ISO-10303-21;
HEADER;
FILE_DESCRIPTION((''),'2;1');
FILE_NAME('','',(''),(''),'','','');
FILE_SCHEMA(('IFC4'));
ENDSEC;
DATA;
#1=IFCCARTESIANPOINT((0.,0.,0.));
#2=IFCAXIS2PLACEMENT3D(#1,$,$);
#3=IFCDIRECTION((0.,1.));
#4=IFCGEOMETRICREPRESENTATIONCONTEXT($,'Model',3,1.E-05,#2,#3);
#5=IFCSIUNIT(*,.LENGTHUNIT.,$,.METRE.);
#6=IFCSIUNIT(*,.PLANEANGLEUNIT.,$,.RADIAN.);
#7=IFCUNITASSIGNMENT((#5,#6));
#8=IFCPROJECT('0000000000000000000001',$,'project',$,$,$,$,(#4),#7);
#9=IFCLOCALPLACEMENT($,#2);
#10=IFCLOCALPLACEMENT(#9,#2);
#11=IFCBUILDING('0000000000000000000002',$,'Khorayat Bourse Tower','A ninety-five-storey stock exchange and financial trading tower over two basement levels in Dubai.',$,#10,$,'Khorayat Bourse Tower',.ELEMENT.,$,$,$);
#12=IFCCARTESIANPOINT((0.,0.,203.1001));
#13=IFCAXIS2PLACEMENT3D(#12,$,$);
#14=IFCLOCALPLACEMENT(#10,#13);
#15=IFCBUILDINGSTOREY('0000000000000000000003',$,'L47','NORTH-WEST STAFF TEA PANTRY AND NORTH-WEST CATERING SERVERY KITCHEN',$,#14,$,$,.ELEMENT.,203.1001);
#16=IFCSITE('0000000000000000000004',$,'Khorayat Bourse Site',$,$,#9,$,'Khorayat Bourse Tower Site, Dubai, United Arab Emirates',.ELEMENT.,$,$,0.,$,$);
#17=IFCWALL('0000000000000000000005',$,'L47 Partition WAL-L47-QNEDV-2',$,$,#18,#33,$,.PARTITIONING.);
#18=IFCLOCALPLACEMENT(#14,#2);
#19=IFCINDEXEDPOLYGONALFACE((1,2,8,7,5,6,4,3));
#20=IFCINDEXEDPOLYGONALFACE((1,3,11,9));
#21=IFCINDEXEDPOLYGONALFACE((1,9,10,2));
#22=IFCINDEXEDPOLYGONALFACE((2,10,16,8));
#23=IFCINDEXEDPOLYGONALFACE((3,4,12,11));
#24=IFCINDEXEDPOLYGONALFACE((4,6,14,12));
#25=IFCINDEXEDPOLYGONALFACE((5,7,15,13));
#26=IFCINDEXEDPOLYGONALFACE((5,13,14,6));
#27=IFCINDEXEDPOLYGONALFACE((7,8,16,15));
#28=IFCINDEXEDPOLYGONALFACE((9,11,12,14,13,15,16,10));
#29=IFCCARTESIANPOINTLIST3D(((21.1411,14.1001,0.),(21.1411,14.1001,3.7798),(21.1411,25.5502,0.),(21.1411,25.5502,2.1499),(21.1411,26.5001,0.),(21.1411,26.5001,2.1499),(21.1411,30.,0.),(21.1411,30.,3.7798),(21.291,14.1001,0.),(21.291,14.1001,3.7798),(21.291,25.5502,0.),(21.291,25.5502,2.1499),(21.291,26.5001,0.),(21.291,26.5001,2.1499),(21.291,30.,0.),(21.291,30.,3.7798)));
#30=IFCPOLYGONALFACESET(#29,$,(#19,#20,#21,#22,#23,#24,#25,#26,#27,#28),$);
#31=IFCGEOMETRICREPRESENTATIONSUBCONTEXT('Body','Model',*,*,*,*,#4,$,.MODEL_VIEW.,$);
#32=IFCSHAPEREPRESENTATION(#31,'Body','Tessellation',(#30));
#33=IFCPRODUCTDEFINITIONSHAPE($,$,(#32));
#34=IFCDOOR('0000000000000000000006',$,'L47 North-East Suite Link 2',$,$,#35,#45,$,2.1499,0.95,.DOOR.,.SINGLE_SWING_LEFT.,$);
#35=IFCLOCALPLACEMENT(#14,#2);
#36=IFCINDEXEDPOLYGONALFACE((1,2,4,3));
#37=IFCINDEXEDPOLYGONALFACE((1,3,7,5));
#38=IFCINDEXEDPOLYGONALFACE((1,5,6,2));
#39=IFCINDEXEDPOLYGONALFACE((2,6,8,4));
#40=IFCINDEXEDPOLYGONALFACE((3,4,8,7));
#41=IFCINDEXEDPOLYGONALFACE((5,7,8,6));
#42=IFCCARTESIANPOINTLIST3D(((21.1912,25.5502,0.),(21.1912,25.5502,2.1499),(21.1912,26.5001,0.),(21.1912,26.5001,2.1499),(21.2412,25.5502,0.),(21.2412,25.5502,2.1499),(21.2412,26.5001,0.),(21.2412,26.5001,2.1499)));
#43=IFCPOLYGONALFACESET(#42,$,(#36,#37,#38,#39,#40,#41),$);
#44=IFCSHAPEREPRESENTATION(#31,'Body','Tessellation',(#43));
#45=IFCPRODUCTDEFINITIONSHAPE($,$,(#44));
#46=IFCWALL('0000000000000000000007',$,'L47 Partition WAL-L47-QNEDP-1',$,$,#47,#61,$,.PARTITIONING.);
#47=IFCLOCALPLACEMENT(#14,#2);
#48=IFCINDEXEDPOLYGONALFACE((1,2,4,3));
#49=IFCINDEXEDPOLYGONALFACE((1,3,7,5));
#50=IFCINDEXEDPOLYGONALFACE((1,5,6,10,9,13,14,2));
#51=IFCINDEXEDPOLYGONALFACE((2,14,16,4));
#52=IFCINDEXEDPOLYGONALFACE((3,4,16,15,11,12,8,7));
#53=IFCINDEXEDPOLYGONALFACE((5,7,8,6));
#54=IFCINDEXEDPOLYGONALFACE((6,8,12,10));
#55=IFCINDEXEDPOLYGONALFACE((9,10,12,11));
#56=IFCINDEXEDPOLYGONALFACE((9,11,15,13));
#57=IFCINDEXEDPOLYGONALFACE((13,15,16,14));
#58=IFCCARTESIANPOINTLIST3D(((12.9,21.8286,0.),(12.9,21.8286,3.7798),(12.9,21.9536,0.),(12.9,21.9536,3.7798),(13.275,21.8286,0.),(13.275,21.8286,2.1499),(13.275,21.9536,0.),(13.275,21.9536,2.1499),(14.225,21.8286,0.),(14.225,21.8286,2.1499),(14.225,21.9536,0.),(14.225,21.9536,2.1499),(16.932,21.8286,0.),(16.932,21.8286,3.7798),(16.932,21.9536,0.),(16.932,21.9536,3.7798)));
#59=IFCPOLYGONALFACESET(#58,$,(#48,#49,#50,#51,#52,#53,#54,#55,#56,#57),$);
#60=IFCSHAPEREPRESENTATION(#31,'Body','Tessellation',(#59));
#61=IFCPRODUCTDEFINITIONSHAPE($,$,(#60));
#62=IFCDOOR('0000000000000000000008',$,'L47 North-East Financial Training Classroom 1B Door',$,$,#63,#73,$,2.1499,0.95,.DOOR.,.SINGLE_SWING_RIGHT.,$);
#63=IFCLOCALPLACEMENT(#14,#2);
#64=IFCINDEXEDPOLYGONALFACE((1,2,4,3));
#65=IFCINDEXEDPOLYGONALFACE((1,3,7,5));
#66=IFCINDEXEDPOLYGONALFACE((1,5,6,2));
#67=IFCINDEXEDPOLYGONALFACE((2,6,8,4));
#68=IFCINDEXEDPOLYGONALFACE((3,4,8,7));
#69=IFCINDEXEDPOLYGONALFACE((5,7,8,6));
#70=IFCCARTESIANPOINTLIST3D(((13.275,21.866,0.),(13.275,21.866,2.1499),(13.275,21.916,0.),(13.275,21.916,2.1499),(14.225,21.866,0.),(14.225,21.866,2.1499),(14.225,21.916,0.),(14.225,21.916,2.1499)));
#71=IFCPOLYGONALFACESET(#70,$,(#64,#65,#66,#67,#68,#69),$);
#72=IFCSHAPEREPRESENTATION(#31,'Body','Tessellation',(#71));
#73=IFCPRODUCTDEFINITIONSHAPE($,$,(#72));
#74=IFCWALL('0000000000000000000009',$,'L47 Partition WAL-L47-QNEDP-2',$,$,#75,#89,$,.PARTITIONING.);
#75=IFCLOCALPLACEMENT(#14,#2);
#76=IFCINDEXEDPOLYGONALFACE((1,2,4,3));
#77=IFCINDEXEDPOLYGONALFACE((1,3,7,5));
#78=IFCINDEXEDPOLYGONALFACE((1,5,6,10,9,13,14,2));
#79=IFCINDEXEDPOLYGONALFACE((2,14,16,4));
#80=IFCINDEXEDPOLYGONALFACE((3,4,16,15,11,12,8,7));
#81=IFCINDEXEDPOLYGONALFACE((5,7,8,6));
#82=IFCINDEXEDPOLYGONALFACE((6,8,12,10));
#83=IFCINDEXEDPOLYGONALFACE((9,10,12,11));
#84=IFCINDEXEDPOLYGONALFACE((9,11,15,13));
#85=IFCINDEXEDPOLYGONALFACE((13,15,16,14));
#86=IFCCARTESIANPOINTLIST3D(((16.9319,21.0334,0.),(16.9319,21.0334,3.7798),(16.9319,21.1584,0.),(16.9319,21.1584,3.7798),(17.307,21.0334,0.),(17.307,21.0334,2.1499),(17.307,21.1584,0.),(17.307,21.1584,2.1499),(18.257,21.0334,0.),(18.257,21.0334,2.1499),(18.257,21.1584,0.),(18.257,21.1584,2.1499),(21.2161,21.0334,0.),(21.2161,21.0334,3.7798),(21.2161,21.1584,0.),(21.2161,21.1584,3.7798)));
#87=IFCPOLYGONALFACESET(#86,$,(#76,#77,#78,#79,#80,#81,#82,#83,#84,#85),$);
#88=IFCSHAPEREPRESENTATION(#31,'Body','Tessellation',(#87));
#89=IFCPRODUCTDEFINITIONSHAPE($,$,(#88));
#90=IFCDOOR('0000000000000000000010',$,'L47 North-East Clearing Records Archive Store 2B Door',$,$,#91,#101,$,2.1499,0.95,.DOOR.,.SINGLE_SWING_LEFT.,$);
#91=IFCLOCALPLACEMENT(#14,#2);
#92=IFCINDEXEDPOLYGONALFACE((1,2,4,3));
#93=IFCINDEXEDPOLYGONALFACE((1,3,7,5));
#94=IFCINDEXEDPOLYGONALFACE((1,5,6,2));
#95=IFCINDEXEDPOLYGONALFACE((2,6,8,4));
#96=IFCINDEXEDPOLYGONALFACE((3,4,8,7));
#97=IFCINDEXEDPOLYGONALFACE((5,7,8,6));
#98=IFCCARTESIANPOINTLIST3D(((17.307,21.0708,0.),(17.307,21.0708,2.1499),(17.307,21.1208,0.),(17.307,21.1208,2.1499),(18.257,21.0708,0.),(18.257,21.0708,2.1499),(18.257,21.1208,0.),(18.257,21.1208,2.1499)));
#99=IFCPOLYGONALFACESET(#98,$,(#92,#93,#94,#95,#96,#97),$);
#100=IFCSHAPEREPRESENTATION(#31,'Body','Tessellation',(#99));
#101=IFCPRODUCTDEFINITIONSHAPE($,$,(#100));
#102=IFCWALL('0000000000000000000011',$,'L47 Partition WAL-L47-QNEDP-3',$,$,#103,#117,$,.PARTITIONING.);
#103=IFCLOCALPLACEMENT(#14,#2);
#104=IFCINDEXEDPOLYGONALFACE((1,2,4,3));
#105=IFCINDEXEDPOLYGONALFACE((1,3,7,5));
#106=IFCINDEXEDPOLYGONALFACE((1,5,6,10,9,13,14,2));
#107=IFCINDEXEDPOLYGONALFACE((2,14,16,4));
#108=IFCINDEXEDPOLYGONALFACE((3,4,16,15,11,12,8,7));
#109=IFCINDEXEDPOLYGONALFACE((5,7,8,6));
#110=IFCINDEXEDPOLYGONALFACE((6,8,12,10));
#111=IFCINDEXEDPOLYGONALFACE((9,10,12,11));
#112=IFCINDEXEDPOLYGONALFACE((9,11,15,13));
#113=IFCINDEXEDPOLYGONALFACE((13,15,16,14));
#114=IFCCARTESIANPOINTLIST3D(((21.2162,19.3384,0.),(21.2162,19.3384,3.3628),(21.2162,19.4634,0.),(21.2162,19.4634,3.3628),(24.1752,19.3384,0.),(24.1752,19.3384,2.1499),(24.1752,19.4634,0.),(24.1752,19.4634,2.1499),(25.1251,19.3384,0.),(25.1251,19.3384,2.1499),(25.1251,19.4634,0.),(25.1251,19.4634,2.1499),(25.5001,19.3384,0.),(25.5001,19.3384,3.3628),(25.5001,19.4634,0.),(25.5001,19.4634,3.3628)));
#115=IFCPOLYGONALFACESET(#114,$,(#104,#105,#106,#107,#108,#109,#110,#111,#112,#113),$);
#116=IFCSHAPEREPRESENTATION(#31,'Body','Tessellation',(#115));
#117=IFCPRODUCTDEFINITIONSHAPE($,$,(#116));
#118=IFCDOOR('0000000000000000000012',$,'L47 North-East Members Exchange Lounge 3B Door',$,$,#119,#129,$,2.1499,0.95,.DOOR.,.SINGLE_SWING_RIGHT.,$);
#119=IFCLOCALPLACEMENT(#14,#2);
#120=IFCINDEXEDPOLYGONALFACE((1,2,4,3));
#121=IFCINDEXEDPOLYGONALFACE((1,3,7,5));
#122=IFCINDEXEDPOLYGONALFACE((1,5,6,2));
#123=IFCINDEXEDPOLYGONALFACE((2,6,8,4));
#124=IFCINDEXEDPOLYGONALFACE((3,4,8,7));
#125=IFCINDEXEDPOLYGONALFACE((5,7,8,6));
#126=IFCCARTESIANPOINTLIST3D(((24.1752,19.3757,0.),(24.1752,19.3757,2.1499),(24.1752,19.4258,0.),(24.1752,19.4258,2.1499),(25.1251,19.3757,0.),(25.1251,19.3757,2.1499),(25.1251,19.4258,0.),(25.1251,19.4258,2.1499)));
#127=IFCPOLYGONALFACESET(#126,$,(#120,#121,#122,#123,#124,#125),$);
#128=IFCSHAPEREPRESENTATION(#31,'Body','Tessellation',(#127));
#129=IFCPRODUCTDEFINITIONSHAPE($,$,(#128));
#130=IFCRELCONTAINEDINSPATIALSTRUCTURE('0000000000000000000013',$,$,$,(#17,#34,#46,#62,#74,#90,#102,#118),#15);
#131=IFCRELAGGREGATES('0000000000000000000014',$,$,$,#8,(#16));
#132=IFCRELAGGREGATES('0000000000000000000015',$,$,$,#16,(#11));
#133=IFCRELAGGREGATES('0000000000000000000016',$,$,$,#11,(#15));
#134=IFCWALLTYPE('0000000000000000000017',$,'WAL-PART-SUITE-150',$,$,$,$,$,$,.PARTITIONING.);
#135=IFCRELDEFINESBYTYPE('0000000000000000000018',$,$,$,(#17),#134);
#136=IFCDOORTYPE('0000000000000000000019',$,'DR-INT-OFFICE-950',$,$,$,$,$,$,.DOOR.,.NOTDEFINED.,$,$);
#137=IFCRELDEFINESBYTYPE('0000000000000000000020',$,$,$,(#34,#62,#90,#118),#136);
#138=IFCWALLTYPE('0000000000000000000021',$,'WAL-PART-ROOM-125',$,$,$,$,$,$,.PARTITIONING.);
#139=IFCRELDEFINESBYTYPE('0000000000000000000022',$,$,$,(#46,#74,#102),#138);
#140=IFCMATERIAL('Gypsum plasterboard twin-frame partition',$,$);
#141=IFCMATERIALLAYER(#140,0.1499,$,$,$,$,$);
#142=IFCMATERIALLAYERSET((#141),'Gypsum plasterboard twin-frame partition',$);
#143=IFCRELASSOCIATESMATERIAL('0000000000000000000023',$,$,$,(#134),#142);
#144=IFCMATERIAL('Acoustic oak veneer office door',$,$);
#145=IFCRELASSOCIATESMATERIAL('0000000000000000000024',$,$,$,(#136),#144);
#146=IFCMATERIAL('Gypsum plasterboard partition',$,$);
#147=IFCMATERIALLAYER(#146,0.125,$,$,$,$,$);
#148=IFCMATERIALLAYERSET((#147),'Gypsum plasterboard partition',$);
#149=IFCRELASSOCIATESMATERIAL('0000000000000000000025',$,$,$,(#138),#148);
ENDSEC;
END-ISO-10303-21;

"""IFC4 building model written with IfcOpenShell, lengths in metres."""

from ifc_helpers import new_model, si_unit, direction, frame, frame_2d, origin, place, context, subcontext, project, spatial, rectangle, extrude, source, transform, mapped, material, layer, layer_set, type_object, element, fill, save


model = new_model("IFC4")

# Units and contexts
model_context = context("Model", 3, precision=1e-05, world=origin(), true_north=direction((0.0, 1.0)))
body_context = subcontext(model_context, "Body", "Model", "MODEL_VIEW")
ifc_project = project(units=[si_unit("LENGTHUNIT", "METRE"), si_unit("PLANEANGLEUNIT", "RADIAN")], contexts=[model_context])

# Site, building, storey
site_placement = place(None, origin())
site = spatial("IfcSite", under=ifc_project, at=site_placement, Name="Khorayat Bourse Site", LongName="Khorayat Bourse Tower Site, Dubai, United Arab Emirates", CompositionType="ELEMENT", RefElevation=0.0)
building_placement = place(site_placement, origin())
building = spatial("IfcBuilding", under=site, at=building_placement, Name="Khorayat Bourse Tower", Description="A ninety-five-storey stock exchange and financial trading tower over two basement levels in Dubai.", LongName="Khorayat Bourse Tower", CompositionType="ELEMENT")
storey_placement = place(building_placement, frame((0.0, 0.0, 203.1001)))
storey = spatial("IfcBuildingStorey", under=building, at=storey_placement, Name="L47", Description="NORTH-WEST STAFF TEA PANTRY AND NORTH-WEST CATERING SERVERY KITCHEN", CompositionType="ELEMENT", Elevation=203.1001)

# Walls, openings, doors
ifc_material_1 = material(Name="Gypsum plasterboard twin-frame partition")
ifc_layer_1 = layer(ifc_material_1, 0.1499)
ifc_layer_set_1 = layer_set([ifc_layer_1], Name="Gypsum plasterboard twin-frame partition")
wall_type_1 = type_object("IfcWallType", Name="WAL-PART-SUITE-150", PredefinedType="PARTITIONING", material=ifc_layer_set_1)
shared_shape_1 = source(origin(), body_context, "Body", "SweptSolid", [
    extrude(rectangle(XDim=15.8999, YDim=0.1499, at=frame_2d((7.95, 0.0))), origin(), (0.0, 0.0, 1.0), 3.7798),
])
shared_shape_2 = source(origin(), body_context, "Body", "SweptSolid", [
    extrude(rectangle(XDim=0.95, YDim=2.1499, at=frame_2d((0.4751, 1.075))), frame((0.0, 0.085, 0.0), z_axis=(0.0, -1.0, 0.0), x_axis=(1.0, 0.0, 0.0)), (0.0, 0.0, 1.0), 0.1699),
])
ifc_material_2 = material(Name="Acoustic oak veneer office door")
door_type = type_object("IfcDoorType", Name="DR-INT-OFFICE-950", OperationType="NOTDEFINED", PredefinedType="DOOR", material=ifc_material_2)
shared_shape_3 = source(origin(), body_context, "Body", "SweptSolid", [
    extrude(rectangle(XDim=0.95, YDim=2.1499, at=frame_2d((0.4751, 1.075))), frame((0.0, 0.0249, 0.0), z_axis=(0.0, -1.0, 0.0), x_axis=(1.0, 0.0, 0.0)), (0.0, 0.0, 1.0), 0.05),
])
wall_1_placement = place(storey_placement, frame((21.2161, 14.1001, 0.0), z_axis=(0.0, 0.0, 1.0), x_axis=(0.0, 1.0, 0.0)))
wall_1 = element("IfcWall", 1, at=wall_1_placement, inside=storey, type_object=wall_type_1, Name="L47 Partition WAL-L47-QNEDV-2", PredefinedType="PARTITIONING", context=body_context, shape_type="MappedRepresentation", body=[
    mapped(shared_shape_1, transform((0.0, 0.0, 0.0), scale=1.0)),
])
opening_1_placement = place(wall_1_placement, frame((11.45, 0.0, 0.0)))
opening_1 = element("IfcOpeningElement", 2, at=opening_1_placement, cuts=wall_1, PredefinedType="OPENING", context=body_context, shape_type="MappedRepresentation", body=[
    mapped(shared_shape_2, transform((0.0, 0.0, 0.0), scale=1.0)),
])
door_1_placement = place(opening_1_placement, origin())
door_1 = element("IfcDoor", 3, at=door_1_placement, inside=storey, type_object=door_type, Name="L47 North-East Suite Link 2", OperationType="SINGLE_SWING_LEFT", OverallHeight=2.1499, OverallWidth=0.95, PredefinedType="DOOR", context=body_context, shape_type="MappedRepresentation", body=[
    mapped(shared_shape_3, transform((0.0, 0.0, 0.0), scale=1.0)),
])
fill(opening_1, door_1)
ifc_material_3 = material(Name="Gypsum plasterboard partition")
ifc_layer_2 = layer(ifc_material_3, 0.125)
ifc_layer_set_2 = layer_set([ifc_layer_2], Name="Gypsum plasterboard partition")
wall_type_2 = type_object("IfcWallType", Name="WAL-PART-ROOM-125", PredefinedType="PARTITIONING", material=ifc_layer_set_2)
shared_shape_4 = source(origin(), body_context, "Body", "SweptSolid", [
    extrude(rectangle(XDim=4.032, YDim=0.125, at=frame_2d((2.0161, 0.0))), origin(), (0.0, 0.0, 1.0), 3.7798),
])
wall_2_placement = place(storey_placement, frame((12.8999, 21.8911, 0.0), z_axis=(0.0, 0.0, 1.0), x_axis=(1.0, 0.0, 0.0)))
wall_2 = element("IfcWall", 4, at=wall_2_placement, inside=storey, type_object=wall_type_2, Name="L47 Partition WAL-L47-QNEDP-1", PredefinedType="PARTITIONING", context=body_context, shape_type="MappedRepresentation", body=[
    mapped(shared_shape_4, transform((0.0, 0.0, 0.0), scale=1.0)),
])
shared_shape_5 = source(origin(), body_context, "Body", "SweptSolid", [
    extrude(rectangle(XDim=0.95, YDim=2.1499, at=frame_2d((0.4751, 1.075))), frame((0.0, 0.0725, 0.0), z_axis=(0.0, -1.0, 0.0), x_axis=(1.0, 0.0, 0.0)), (0.0, 0.0, 1.0), 0.145),
])
opening_2_placement = place(wall_2_placement, frame((0.375, 0.0, 0.0)))
opening_2 = element("IfcOpeningElement", 5, at=opening_2_placement, cuts=wall_2, PredefinedType="OPENING", context=body_context, shape_type="MappedRepresentation", body=[
    mapped(shared_shape_5, transform((0.0, 0.0, 0.0), scale=1.0)),
])
door_2_placement = place(opening_2_placement, origin())
door_2 = element("IfcDoor", 6, at=door_2_placement, inside=storey, type_object=door_type, Name="L47 North-East Financial Training Classroom 1B Door", OperationType="SINGLE_SWING_RIGHT", OverallHeight=2.1499, OverallWidth=0.95, PredefinedType="DOOR", context=body_context, shape_type="MappedRepresentation", body=[
    mapped(shared_shape_3, transform((0.0, 0.0, 0.0), scale=1.0)),
])
fill(opening_2, door_2)
shared_shape_6 = source(origin(), body_context, "Body", "SweptSolid", [
    extrude(rectangle(XDim=4.2842, YDim=0.125, at=frame_2d((2.1421, 0.0))), origin(), (0.0, 0.0, 1.0), 3.7798),
])
wall_3_placement = place(storey_placement, frame((16.9319, 21.0959, 0.0), z_axis=(0.0, 0.0, 1.0), x_axis=(1.0, 0.0, 0.0)))
wall_3 = element("IfcWall", 7, at=wall_3_placement, inside=storey, type_object=wall_type_2, Name="L47 Partition WAL-L47-QNEDP-2", PredefinedType="PARTITIONING", context=body_context, shape_type="MappedRepresentation", body=[
    mapped(shared_shape_6, transform((0.0, 0.0, 0.0), scale=1.0)),
])
opening_3_placement = place(wall_3_placement, frame((0.375, 0.0, 0.0)))
opening_3 = element("IfcOpeningElement", 8, at=opening_3_placement, cuts=wall_3, PredefinedType="OPENING", context=body_context, shape_type="MappedRepresentation", body=[
    mapped(shared_shape_5, transform((0.0, 0.0, 0.0), scale=1.0)),
])
door_3_placement = place(opening_3_placement, origin())
door_3 = element("IfcDoor", 9, at=door_3_placement, inside=storey, type_object=door_type, Name="L47 North-East Clearing Records Archive Store 2B Door", OperationType="SINGLE_SWING_LEFT", OverallHeight=2.1499, OverallWidth=0.95, PredefinedType="DOOR", context=body_context, shape_type="MappedRepresentation", body=[
    mapped(shared_shape_3, transform((0.0, 0.0, 0.0), scale=1.0)),
])
fill(opening_3, door_3)
shared_shape_7 = source(origin(), body_context, "Body", "SweptSolid", [
    extrude(rectangle(XDim=4.2839, YDim=0.125, at=frame_2d((2.1421, 0.0))), origin(), (0.0, 0.0, 1.0), 3.3628),
])
wall_4_placement = place(storey_placement, frame((21.2161, 19.4009, 0.0), z_axis=(0.0, 0.0, 1.0), x_axis=(1.0, 0.0, 0.0)))
wall_4 = element("IfcWall", 10, at=wall_4_placement, inside=storey, type_object=wall_type_2, Name="L47 Partition WAL-L47-QNEDP-3", PredefinedType="PARTITIONING", context=body_context, shape_type="MappedRepresentation", body=[
    mapped(shared_shape_7, transform((0.0, 0.0, 0.0), scale=1.0)),
])
opening_4_placement = place(wall_4_placement, frame((2.959, 0.0, 0.0)))
opening_4 = element("IfcOpeningElement", 11, at=opening_4_placement, cuts=wall_4, PredefinedType="OPENING", context=body_context, shape_type="MappedRepresentation", body=[
    mapped(shared_shape_5, transform((0.0, 0.0, 0.0), scale=1.0)),
])
door_4_placement = place(opening_4_placement, origin())
door_4 = element("IfcDoor", 12, at=door_4_placement, inside=storey, type_object=door_type, Name="L47 North-East Members Exchange Lounge 3B Door", OperationType="SINGLE_SWING_RIGHT", OverallHeight=2.1499, OverallWidth=0.95, PredefinedType="DOOR", context=body_context, shape_type="MappedRepresentation", body=[
    mapped(shared_shape_3, transform((0.0, 0.0, 0.0), scale=1.0)),
])
fill(opening_4, door_4)

save(model, "model.ifc")
